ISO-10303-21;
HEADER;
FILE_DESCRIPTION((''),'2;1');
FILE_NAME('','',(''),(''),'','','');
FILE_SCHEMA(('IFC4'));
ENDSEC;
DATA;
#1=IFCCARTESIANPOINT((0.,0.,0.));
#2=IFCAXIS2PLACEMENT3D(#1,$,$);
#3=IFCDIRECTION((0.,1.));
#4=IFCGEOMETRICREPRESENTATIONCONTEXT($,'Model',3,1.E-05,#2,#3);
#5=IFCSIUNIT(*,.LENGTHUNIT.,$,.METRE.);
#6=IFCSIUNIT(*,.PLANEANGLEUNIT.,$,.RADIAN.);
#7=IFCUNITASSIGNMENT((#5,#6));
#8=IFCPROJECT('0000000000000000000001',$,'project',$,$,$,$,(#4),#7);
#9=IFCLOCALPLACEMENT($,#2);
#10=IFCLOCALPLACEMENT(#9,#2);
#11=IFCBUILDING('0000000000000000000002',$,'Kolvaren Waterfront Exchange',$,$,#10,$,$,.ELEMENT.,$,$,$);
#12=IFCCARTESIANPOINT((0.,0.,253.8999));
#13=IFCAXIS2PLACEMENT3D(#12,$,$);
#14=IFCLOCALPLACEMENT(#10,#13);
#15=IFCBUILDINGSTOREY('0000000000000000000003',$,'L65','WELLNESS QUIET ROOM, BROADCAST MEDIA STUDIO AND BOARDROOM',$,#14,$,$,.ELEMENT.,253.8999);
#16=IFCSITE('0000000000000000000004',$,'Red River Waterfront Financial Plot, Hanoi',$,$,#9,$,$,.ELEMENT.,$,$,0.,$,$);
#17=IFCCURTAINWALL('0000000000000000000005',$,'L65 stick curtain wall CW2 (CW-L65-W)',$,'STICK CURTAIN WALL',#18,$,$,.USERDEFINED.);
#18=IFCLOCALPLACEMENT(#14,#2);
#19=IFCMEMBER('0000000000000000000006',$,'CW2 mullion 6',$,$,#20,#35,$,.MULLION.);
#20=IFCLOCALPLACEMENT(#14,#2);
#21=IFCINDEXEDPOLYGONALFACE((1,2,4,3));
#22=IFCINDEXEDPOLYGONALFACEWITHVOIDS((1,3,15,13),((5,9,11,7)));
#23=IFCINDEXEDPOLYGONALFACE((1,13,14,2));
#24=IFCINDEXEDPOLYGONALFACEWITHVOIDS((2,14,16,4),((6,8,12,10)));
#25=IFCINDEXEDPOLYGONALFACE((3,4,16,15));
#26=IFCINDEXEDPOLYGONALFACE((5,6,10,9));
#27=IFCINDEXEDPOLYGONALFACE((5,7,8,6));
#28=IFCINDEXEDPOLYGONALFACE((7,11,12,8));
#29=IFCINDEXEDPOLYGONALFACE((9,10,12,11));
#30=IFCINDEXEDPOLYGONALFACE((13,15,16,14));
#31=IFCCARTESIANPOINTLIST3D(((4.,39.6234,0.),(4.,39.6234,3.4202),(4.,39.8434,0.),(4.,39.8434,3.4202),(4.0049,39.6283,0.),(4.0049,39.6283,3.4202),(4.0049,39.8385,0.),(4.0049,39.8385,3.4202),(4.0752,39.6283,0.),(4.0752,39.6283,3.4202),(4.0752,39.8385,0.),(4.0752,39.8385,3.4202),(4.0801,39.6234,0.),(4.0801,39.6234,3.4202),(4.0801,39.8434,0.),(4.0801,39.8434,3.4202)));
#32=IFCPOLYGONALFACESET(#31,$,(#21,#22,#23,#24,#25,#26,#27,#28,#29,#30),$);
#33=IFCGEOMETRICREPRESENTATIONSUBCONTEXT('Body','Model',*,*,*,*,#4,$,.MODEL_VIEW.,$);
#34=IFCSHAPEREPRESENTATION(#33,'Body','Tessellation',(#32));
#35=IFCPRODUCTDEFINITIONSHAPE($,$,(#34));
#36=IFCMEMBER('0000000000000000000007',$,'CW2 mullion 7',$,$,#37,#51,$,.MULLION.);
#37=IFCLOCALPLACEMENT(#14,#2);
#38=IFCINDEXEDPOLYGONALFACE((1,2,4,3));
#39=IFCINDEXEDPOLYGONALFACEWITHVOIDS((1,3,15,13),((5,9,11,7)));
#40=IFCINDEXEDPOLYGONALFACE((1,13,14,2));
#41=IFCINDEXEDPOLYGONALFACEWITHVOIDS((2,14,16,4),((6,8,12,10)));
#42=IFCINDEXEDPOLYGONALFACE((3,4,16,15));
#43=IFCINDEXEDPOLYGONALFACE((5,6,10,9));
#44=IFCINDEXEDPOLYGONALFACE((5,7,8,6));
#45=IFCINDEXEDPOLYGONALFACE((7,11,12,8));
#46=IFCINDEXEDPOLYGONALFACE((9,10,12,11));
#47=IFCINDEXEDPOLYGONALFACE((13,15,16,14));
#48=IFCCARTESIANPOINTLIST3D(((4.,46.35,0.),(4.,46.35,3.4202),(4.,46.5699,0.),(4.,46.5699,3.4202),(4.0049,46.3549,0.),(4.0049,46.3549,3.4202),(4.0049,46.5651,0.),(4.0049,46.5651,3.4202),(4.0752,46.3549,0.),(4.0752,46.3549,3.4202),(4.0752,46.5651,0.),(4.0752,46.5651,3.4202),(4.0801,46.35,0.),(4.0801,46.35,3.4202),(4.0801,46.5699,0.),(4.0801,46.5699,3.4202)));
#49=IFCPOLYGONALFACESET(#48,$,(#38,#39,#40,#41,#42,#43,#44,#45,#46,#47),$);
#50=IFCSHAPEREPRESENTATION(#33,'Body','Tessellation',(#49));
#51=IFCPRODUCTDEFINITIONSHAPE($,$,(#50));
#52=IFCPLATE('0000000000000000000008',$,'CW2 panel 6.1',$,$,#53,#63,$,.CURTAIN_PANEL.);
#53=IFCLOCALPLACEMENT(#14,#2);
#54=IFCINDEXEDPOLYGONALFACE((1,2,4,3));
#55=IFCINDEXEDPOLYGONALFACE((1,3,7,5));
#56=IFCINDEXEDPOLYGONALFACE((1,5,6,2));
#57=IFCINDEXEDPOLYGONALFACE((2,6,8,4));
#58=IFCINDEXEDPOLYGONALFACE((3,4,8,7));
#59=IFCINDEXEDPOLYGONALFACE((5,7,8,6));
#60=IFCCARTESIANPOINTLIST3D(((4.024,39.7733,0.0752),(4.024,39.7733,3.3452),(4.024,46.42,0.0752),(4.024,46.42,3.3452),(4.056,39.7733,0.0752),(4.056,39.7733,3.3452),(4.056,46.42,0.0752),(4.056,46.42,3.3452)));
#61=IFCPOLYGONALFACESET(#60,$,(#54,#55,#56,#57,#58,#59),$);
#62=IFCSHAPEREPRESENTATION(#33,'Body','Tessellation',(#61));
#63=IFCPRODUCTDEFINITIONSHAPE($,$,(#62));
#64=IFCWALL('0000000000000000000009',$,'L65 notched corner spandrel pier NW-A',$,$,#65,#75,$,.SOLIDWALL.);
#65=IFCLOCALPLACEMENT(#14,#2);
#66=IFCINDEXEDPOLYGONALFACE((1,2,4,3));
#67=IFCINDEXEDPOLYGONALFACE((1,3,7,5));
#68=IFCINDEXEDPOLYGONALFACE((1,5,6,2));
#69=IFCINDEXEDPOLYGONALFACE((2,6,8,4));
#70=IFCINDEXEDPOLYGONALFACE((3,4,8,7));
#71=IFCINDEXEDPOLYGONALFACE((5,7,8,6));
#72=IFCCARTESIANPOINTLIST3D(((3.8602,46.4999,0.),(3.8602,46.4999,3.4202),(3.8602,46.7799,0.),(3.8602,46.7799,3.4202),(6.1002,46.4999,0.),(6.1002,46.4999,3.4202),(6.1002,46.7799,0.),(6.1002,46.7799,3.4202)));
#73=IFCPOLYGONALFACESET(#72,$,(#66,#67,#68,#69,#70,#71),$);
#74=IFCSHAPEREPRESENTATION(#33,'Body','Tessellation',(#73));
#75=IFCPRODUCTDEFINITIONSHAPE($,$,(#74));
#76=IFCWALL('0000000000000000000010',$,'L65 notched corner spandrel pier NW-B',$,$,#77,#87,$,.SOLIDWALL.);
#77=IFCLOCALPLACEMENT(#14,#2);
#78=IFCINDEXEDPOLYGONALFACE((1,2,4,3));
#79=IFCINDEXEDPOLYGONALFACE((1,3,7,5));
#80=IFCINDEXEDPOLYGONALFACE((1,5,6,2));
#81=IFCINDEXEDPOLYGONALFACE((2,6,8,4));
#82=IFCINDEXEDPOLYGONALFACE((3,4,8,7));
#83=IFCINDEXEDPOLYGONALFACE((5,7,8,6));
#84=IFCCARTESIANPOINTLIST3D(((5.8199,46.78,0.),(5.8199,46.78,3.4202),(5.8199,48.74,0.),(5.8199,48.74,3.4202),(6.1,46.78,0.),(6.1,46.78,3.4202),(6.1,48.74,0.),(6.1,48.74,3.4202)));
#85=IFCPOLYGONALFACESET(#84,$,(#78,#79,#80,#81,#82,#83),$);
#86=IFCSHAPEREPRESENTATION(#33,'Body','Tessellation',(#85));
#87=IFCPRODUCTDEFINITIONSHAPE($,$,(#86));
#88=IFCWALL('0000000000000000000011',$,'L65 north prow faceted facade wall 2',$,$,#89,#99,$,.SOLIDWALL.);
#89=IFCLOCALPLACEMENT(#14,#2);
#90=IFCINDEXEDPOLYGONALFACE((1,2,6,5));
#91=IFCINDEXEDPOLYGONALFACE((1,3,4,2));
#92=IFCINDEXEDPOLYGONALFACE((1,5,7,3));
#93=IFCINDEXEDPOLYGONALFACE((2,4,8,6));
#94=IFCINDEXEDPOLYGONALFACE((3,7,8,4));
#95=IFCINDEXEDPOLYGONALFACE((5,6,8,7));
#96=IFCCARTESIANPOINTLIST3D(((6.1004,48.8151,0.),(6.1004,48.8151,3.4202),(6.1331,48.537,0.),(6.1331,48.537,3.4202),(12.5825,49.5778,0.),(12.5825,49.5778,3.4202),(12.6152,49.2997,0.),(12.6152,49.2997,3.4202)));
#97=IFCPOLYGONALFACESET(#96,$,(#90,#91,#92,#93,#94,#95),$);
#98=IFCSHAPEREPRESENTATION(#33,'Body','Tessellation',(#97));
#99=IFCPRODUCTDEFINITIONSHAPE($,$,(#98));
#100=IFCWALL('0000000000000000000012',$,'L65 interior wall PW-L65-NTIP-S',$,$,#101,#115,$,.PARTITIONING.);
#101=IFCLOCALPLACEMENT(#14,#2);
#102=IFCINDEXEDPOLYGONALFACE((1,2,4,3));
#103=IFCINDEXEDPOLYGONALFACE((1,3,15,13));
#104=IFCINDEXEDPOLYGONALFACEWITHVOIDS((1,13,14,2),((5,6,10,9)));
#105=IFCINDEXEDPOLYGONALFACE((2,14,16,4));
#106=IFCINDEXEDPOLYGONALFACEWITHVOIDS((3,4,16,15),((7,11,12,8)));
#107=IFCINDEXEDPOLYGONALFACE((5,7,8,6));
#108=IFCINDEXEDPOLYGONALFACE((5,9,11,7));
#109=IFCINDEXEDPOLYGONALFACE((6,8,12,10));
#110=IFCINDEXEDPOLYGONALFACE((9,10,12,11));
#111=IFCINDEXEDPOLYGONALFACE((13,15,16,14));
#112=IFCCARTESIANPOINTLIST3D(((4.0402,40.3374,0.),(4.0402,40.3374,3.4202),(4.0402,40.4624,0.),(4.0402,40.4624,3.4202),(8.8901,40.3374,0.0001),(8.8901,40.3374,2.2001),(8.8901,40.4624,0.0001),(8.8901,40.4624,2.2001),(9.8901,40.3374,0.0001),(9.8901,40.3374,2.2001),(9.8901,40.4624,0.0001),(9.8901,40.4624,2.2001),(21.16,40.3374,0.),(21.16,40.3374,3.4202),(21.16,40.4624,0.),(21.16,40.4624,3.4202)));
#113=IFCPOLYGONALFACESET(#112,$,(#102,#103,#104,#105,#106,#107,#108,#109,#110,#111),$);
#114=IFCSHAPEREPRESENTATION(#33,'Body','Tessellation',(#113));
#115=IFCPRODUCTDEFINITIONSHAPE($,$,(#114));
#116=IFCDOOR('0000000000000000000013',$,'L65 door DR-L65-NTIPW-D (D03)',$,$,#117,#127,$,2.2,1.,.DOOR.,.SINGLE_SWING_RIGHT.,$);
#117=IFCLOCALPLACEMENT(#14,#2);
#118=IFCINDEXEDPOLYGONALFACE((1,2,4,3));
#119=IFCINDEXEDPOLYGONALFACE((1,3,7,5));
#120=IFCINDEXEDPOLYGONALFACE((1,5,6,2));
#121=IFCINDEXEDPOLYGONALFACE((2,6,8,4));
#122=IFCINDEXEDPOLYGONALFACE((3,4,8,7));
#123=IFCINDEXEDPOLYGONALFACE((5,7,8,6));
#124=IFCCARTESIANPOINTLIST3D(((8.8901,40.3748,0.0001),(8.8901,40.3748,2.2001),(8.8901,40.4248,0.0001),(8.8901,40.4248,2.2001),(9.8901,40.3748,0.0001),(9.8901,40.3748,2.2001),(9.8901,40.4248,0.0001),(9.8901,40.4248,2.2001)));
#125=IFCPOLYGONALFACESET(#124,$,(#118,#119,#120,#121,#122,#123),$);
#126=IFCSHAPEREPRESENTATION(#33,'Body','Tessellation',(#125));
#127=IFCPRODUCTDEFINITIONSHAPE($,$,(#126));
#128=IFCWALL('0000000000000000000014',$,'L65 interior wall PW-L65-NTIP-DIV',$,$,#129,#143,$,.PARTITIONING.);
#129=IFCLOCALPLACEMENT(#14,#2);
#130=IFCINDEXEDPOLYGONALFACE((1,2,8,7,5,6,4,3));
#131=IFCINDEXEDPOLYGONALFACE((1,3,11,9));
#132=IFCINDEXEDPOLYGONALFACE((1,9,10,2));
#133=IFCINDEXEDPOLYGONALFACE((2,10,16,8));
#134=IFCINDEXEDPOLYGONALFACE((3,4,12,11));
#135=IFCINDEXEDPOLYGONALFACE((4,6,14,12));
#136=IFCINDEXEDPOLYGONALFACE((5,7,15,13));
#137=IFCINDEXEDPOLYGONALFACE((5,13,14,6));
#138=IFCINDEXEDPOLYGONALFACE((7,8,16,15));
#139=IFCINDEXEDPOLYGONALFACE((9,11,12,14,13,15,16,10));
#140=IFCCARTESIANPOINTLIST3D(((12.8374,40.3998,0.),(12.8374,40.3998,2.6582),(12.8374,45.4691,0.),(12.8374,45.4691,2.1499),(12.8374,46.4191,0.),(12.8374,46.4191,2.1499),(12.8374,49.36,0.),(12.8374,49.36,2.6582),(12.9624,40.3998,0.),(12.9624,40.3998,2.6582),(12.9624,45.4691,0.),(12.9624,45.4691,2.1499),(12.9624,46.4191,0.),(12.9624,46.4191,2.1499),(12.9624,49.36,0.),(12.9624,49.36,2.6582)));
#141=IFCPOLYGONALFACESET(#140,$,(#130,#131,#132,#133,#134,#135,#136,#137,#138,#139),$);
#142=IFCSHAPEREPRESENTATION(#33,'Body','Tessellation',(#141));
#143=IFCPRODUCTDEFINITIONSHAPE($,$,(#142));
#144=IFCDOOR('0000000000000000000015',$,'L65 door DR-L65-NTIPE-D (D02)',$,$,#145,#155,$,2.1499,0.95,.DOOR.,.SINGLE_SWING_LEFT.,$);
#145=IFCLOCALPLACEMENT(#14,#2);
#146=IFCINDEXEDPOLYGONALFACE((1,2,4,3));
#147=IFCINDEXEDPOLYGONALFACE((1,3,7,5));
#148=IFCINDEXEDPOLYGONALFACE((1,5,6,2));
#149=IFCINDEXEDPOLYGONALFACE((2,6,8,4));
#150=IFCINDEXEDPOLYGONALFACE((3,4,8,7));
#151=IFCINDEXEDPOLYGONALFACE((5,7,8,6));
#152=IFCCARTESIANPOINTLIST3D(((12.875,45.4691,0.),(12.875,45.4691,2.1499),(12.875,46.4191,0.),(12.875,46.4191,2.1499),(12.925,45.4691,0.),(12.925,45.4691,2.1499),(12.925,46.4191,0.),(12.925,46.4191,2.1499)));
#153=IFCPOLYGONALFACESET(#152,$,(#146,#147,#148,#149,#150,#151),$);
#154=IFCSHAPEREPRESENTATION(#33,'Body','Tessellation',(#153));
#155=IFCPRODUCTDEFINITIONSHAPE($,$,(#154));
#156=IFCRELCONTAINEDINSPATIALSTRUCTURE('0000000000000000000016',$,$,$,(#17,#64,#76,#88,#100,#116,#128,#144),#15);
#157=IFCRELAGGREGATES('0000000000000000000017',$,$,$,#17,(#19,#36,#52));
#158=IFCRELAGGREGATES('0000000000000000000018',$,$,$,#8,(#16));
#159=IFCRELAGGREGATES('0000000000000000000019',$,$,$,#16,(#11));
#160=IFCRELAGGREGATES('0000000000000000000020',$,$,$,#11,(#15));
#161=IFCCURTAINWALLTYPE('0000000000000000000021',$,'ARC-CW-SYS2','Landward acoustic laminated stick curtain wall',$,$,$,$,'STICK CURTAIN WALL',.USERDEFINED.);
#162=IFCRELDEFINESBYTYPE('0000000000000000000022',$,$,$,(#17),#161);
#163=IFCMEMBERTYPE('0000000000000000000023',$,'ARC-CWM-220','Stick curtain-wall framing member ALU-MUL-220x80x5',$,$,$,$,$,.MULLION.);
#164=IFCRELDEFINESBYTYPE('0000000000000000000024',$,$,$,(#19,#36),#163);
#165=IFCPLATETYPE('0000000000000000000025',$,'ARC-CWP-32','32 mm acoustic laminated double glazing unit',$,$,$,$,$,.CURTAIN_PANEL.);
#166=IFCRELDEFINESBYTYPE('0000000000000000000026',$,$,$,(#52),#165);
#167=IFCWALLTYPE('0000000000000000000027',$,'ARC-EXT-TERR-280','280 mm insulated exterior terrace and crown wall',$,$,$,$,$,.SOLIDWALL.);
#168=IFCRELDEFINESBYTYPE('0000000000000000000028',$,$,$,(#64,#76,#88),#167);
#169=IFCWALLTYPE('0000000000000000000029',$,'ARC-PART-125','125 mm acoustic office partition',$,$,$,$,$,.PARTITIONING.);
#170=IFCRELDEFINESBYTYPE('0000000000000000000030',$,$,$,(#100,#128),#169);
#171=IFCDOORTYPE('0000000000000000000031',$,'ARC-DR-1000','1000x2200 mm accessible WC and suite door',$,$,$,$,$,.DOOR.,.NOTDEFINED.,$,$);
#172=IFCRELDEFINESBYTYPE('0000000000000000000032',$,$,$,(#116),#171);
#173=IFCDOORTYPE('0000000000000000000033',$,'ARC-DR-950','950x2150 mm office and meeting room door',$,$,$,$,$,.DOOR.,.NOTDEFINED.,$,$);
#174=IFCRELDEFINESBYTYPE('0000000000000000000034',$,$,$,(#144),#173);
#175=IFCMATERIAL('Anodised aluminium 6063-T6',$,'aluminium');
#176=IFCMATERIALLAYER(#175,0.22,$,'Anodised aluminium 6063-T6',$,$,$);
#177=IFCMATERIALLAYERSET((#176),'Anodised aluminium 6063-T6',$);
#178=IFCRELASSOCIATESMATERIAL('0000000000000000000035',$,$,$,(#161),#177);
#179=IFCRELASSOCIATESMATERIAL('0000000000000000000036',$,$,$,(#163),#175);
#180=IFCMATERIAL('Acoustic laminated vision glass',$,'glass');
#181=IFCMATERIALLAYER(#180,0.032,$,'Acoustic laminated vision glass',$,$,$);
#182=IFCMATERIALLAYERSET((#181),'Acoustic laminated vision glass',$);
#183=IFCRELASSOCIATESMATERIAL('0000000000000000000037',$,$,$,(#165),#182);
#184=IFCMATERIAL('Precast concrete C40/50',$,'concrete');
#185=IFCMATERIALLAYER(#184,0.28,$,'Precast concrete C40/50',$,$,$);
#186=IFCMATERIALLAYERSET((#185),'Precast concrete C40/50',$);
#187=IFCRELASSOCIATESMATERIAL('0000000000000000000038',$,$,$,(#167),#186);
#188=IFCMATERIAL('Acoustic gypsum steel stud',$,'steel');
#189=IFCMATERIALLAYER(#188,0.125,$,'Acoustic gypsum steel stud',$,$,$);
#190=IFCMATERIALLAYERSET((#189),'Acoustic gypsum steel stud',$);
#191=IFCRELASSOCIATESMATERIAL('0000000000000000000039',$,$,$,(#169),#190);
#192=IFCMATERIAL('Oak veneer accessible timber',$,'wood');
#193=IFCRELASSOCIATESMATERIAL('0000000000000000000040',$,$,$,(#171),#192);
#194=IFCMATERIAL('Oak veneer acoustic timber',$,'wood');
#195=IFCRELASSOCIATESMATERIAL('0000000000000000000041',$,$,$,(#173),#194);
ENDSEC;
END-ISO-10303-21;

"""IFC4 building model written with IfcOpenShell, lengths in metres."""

from ifc_helpers import new_model, si_unit, direction, frame, frame_2d, origin, origin_with_axes, origin_2d, place, context, subcontext, project, spatial, rectangle, hollow_rectangle, extrude, source, transform, mapped, material, layer, layer_set, material_profile, profile_set, type_object, element, fill, aggregate, save


model = new_model("IFC4")

# Units and contexts
model_context = context("Model", 3, precision=1e-05, world=origin(), true_north=direction((0.0, 1.0)))
body_context = subcontext(model_context, "Body", "Model", "MODEL_VIEW")
ifc_project = project(units=[si_unit("LENGTHUNIT", "METRE"), si_unit("PLANEANGLEUNIT", "RADIAN")], contexts=[model_context])

# Site, building, storey
site_placement = place(None, origin())
site = spatial("IfcSite", under=ifc_project, at=site_placement, Name="Red River Waterfront Financial Plot, Hanoi", CompositionType="ELEMENT", RefElevation=0.0)
building_placement = place(site_placement, origin())
building = spatial("IfcBuilding", under=site, at=building_placement, Name="Kolvaren Waterfront Exchange", CompositionType="ELEMENT")
storey_placement = place(building_placement, frame((0.0, 0.0, 253.8999)))
storey = spatial("IfcBuildingStorey", under=building, at=storey_placement, Name="L65", Description="WELLNESS QUIET ROOM, BROADCAST MEDIA STUDIO AND BOARDROOM", CompositionType="ELEMENT", Elevation=253.8999)

# Curtain wall, members, plate
ifc_material_1 = material(Name="Anodised aluminium 6063-T6", Category="aluminium")
ifc_layer_1 = layer(ifc_material_1, 0.22, Name="Anodised aluminium 6063-T6")
ifc_layer_set_1 = layer_set([ifc_layer_1], Name="Anodised aluminium 6063-T6")
curtain_wall_type = type_object("IfcCurtainWallType", Name="ARC-CW-SYS2", Description="Landward acoustic laminated stick curtain wall", ElementType="STICK CURTAIN WALL", PredefinedType="USERDEFINED", material=ifc_layer_set_1)
curtain_wall_placement = place(storey_placement, origin())
curtain_wall = element("IfcCurtainWall", 1, at=curtain_wall_placement, inside=storey, type_object=curtain_wall_type, Name="L65 stick curtain wall CW2 (CW-L65-W)", ObjectType="STICK CURTAIN WALL", PredefinedType="USERDEFINED")
ifc_material_profile_1 = material_profile(ifc_material_1, hollow_rectangle(XDim=0.0801, YDim=0.22, WallThickness=0.0049, at=origin_2d()), Name="ALU-MUL-220x80x5")
ifc_profile_set_1 = profile_set([ifc_material_profile_1], Name="Anodised aluminium 6063-T6")
member_type_1 = type_object("IfcMemberType", Name="ARC-CWM-220", Description="Stick curtain-wall framing member ALU-MUL-220x80x5", PredefinedType="MULLION", material=ifc_profile_set_1)
shared_shape_1 = source(origin_with_axes(), body_context, "Body", "SweptSolid", [
    extrude(hollow_rectangle(XDim=0.0801, YDim=0.22, WallThickness=0.0049, at=origin_2d()), origin(), (0.0, 0.0, 1.0), 3.4202),
])
member_1_placement = place(storey_placement, frame((4.04, 39.7334, 0.0), z_axis=(0.0, 0.0, 1.0), x_axis=(-1.0, 0.0, 0.0)))
member_1 = element("IfcMember", 2, at=member_1_placement, type_object=member_type_1, Name="CW2 mullion 6", PredefinedType="MULLION", context=body_context, shape_type="MappedRepresentation", body=[
    mapped(shared_shape_1, transform((0.0, 0.0, 0.0), x_axis=(1.0, 0.0, 0.0), y_axis=(0.0, 1.0, 0.0), z_axis=(0.0, 0.0, 1.0), scale=1.0)),
])
member_2_placement = place(storey_placement, frame((4.04, 46.46, 0.0), z_axis=(0.0, 0.0, 1.0), x_axis=(-1.0, 0.0, 0.0)))
member_2 = element("IfcMember", 3, at=member_2_placement, type_object=member_type_1, Name="CW2 mullion 7", PredefinedType="MULLION", context=body_context, shape_type="MappedRepresentation", body=[
    mapped(shared_shape_1, transform((0.0, 0.0, 0.0), x_axis=(1.0, 0.0, 0.0), y_axis=(0.0, 1.0, 0.0), z_axis=(0.0, 0.0, 1.0), scale=1.0)),
])
ifc_material_2 = material(Name="Acoustic laminated vision glass", Category="glass")
ifc_layer_2 = layer(ifc_material_2, 0.032, Name="Acoustic laminated vision glass")
ifc_layer_set_2 = layer_set([ifc_layer_2], Name="Acoustic laminated vision glass")
plate_type = type_object("IfcPlateType", Name="ARC-CWP-32", Description="32 mm acoustic laminated double glazing unit", PredefinedType="CURTAIN_PANEL", material=ifc_layer_set_2)
shared_shape_2 = source(origin_with_axes(), body_context, "Body", "SweptSolid", [
    extrude(rectangle(XDim=6.6467, YDim=0.032, at=origin_2d()), origin(), (0.0, 0.0, 1.0), 3.27),
])
plate_placement = place(storey_placement, frame((4.04, 43.0967, 0.0752), z_axis=(0.0, 0.0, 1.0), x_axis=(0.0, 1.0, 0.0)))
plate = element("IfcPlate", 4, at=plate_placement, type_object=plate_type, Name="CW2 panel 6.1", PredefinedType="CURTAIN_PANEL", context=body_context, shape_type="MappedRepresentation", body=[
    mapped(shared_shape_2, transform((0.0, 0.0, 0.0), x_axis=(1.0, 0.0, 0.0), y_axis=(0.0, 1.0, 0.0), z_axis=(0.0, 0.0, 1.0), scale=1.0)),
])
aggregate(curtain_wall, [member_1, member_2, plate])

# Walls
ifc_material_3 = material(Name="Precast concrete C40/50", Category="concrete")
ifc_layer_3 = layer(ifc_material_3, 0.28, Name="Precast concrete C40/50")
ifc_layer_set_3 = layer_set([ifc_layer_3], Name="Precast concrete C40/50")
wall_type_1 = type_object("IfcWallType", Name="ARC-EXT-TERR-280", Description="280 mm insulated exterior terrace and crown wall", PredefinedType="SOLIDWALL", material=ifc_layer_set_3)
wall_1_placement = place(storey_placement, frame((3.8601, 46.6399, 0.0), z_axis=(0.0, 0.0, 1.0), x_axis=(1.0, 0.0, 0.0)))
element("IfcWall", 5, at=wall_1_placement, inside=storey, type_object=wall_type_1, Name="L65 notched corner spandrel pier NW-A", PredefinedType="SOLIDWALL", context=body_context, shape_type="SweptSolid", body=[
    extrude(rectangle(XDim=2.24, YDim=0.28, at=frame_2d((1.1201, 0.0))), origin(), (0.0, 0.0, 1.0), 3.4202),
])
wall_2_placement = place(storey_placement, frame((5.96, 46.78, 0.0), z_axis=(0.0, 0.0, 1.0), x_axis=(0.0, 1.0, 0.0)))
element("IfcWall", 6, at=wall_2_placement, inside=storey, type_object=wall_type_1, Name="L65 notched corner spandrel pier NW-B", PredefinedType="SOLIDWALL", context=body_context, shape_type="SweptSolid", body=[
    extrude(rectangle(XDim=1.96, YDim=0.28, at=frame_2d((0.98, 0.0))), origin(), (0.0, 0.0, 1.0), 3.4202),
])
wall_3_placement = place(storey_placement, frame((12.5989, 49.4387, 0.0), z_axis=(0.0, 0.0, 1.0), x_axis=(-0.993149, -0.116854, 0.0)))
element("IfcWall", 7, at=wall_3_placement, inside=storey, type_object=wall_type_1, Name="L65 north prow faceted facade wall 2", PredefinedType="SOLIDWALL", context=body_context, shape_type="SweptSolid", body=[
    extrude(rectangle(XDim=6.5269, YDim=0.28, at=frame_2d((3.2634, 0.0))), origin(), (0.0, 0.0, 1.0), 3.4202),
])

# Walls, openings, doors
ifc_material_4 = material(Name="Acoustic gypsum steel stud", Category="steel")
ifc_layer_4 = layer(ifc_material_4, 0.125, Name="Acoustic gypsum steel stud")
ifc_layer_set_4 = layer_set([ifc_layer_4], Name="Acoustic gypsum steel stud")
wall_type_2 = type_object("IfcWallType", Name="ARC-PART-125", Description="125 mm acoustic office partition", PredefinedType="PARTITIONING", material=ifc_layer_set_4)
wall_4_placement = place(storey_placement, frame((4.04, 40.3999, 0.0), z_axis=(0.0, 0.0, 1.0), x_axis=(1.0, 0.0, 0.0)))
wall_4 = element("IfcWall", 8, at=wall_4_placement, inside=storey, type_object=wall_type_2, Name="L65 interior wall PW-L65-NTIP-S", PredefinedType="PARTITIONING", context=body_context, shape_type="SweptSolid", body=[
    extrude(rectangle(XDim=17.1199, YDim=0.125, at=frame_2d((8.5601, 0.0))), origin(), (0.0, 0.0, 1.0), 3.4202),
])
opening_1_placement = place(wall_4_placement, frame((4.8501, 0.0, 0.0)))
opening_1 = element("IfcOpeningElement", 9, at=opening_1_placement, cuts=wall_4, PredefinedType="OPENING", context=body_context, shape_type="SweptSolid", body=[
    extrude(rectangle(XDim=1.0, YDim=2.2, at=frame_2d((0.5, 1.1001))), frame((0.0, 0.0725, 0.0), z_axis=(0.0, -1.0, 0.0), x_axis=(1.0, 0.0, 0.0)), (0.0, 0.0, 1.0), 0.145),
])
ifc_material_5 = material(Name="Oak veneer accessible timber", Category="wood")
door_type_1 = type_object("IfcDoorType", Name="ARC-DR-1000", Description="1000x2200 mm accessible WC and suite door", OperationType="NOTDEFINED", PredefinedType="DOOR", material=ifc_material_5)
door_1_placement = place(opening_1_placement, origin())
door_1 = element("IfcDoor", 10, at=door_1_placement, inside=storey, type_object=door_type_1, Name="L65 door DR-L65-NTIPW-D (D03)", OperationType="SINGLE_SWING_RIGHT", OverallHeight=2.2, OverallWidth=1.0, PredefinedType="DOOR", context=body_context, shape_type="SweptSolid", body=[
    extrude(rectangle(XDim=1.0, YDim=2.2, at=frame_2d((0.5, 1.1001))), frame((0.0, 0.0249, 0.0), z_axis=(0.0, -1.0, 0.0), x_axis=(1.0, 0.0, 0.0)), (0.0, 0.0, 1.0), 0.05),
])
fill(opening_1, door_1)
wall_5_placement = place(storey_placement, frame((12.8999, 40.3999, 0.0), z_axis=(0.0, 0.0, 1.0), x_axis=(0.0, 1.0, 0.0)))
wall_5 = element("IfcWall", 11, at=wall_5_placement, inside=storey, type_object=wall_type_2, Name="L65 interior wall PW-L65-NTIP-DIV", PredefinedType="PARTITIONING", context=body_context, shape_type="SweptSolid", body=[
    extrude(rectangle(XDim=8.9602, YDim=0.125, at=frame_2d((4.48, 0.0))), origin(), (0.0, 0.0, 1.0), 2.6582),
])
opening_2_placement = place(wall_5_placement, frame((5.0691, 0.0, 0.0)))
opening_2 = element("IfcOpeningElement", 12, at=opening_2_placement, cuts=wall_5, PredefinedType="OPENING", context=body_context, shape_type="SweptSolid", body=[
    extrude(rectangle(XDim=0.95, YDim=2.1499, at=frame_2d((0.4751, 1.075))), frame((0.0, 0.0725, 0.0), z_axis=(0.0, -1.0, 0.0), x_axis=(1.0, 0.0, 0.0)), (0.0, 0.0, 1.0), 0.145),
])
ifc_material_6 = material(Name="Oak veneer acoustic timber", Category="wood")
door_type_2 = type_object("IfcDoorType", Name="ARC-DR-950", Description="950x2150 mm office and meeting room door", OperationType="NOTDEFINED", PredefinedType="DOOR", material=ifc_material_6)
door_2_placement = place(opening_2_placement, origin())
door_2 = element("IfcDoor", 13, at=door_2_placement, inside=storey, type_object=door_type_2, Name="L65 door DR-L65-NTIPE-D (D02)", OperationType="SINGLE_SWING_LEFT", OverallHeight=2.1499, OverallWidth=0.95, PredefinedType="DOOR", context=body_context, shape_type="SweptSolid", body=[
    extrude(rectangle(XDim=0.95, YDim=2.1499, at=frame_2d((0.4751, 1.075))), frame((0.0, 0.0249, 0.0), z_axis=(0.0, -1.0, 0.0), x_axis=(1.0, 0.0, 0.0)), (0.0, 0.0, 1.0), 0.05),
])
fill(opening_2, door_2)

save(model, "model.ifc")
